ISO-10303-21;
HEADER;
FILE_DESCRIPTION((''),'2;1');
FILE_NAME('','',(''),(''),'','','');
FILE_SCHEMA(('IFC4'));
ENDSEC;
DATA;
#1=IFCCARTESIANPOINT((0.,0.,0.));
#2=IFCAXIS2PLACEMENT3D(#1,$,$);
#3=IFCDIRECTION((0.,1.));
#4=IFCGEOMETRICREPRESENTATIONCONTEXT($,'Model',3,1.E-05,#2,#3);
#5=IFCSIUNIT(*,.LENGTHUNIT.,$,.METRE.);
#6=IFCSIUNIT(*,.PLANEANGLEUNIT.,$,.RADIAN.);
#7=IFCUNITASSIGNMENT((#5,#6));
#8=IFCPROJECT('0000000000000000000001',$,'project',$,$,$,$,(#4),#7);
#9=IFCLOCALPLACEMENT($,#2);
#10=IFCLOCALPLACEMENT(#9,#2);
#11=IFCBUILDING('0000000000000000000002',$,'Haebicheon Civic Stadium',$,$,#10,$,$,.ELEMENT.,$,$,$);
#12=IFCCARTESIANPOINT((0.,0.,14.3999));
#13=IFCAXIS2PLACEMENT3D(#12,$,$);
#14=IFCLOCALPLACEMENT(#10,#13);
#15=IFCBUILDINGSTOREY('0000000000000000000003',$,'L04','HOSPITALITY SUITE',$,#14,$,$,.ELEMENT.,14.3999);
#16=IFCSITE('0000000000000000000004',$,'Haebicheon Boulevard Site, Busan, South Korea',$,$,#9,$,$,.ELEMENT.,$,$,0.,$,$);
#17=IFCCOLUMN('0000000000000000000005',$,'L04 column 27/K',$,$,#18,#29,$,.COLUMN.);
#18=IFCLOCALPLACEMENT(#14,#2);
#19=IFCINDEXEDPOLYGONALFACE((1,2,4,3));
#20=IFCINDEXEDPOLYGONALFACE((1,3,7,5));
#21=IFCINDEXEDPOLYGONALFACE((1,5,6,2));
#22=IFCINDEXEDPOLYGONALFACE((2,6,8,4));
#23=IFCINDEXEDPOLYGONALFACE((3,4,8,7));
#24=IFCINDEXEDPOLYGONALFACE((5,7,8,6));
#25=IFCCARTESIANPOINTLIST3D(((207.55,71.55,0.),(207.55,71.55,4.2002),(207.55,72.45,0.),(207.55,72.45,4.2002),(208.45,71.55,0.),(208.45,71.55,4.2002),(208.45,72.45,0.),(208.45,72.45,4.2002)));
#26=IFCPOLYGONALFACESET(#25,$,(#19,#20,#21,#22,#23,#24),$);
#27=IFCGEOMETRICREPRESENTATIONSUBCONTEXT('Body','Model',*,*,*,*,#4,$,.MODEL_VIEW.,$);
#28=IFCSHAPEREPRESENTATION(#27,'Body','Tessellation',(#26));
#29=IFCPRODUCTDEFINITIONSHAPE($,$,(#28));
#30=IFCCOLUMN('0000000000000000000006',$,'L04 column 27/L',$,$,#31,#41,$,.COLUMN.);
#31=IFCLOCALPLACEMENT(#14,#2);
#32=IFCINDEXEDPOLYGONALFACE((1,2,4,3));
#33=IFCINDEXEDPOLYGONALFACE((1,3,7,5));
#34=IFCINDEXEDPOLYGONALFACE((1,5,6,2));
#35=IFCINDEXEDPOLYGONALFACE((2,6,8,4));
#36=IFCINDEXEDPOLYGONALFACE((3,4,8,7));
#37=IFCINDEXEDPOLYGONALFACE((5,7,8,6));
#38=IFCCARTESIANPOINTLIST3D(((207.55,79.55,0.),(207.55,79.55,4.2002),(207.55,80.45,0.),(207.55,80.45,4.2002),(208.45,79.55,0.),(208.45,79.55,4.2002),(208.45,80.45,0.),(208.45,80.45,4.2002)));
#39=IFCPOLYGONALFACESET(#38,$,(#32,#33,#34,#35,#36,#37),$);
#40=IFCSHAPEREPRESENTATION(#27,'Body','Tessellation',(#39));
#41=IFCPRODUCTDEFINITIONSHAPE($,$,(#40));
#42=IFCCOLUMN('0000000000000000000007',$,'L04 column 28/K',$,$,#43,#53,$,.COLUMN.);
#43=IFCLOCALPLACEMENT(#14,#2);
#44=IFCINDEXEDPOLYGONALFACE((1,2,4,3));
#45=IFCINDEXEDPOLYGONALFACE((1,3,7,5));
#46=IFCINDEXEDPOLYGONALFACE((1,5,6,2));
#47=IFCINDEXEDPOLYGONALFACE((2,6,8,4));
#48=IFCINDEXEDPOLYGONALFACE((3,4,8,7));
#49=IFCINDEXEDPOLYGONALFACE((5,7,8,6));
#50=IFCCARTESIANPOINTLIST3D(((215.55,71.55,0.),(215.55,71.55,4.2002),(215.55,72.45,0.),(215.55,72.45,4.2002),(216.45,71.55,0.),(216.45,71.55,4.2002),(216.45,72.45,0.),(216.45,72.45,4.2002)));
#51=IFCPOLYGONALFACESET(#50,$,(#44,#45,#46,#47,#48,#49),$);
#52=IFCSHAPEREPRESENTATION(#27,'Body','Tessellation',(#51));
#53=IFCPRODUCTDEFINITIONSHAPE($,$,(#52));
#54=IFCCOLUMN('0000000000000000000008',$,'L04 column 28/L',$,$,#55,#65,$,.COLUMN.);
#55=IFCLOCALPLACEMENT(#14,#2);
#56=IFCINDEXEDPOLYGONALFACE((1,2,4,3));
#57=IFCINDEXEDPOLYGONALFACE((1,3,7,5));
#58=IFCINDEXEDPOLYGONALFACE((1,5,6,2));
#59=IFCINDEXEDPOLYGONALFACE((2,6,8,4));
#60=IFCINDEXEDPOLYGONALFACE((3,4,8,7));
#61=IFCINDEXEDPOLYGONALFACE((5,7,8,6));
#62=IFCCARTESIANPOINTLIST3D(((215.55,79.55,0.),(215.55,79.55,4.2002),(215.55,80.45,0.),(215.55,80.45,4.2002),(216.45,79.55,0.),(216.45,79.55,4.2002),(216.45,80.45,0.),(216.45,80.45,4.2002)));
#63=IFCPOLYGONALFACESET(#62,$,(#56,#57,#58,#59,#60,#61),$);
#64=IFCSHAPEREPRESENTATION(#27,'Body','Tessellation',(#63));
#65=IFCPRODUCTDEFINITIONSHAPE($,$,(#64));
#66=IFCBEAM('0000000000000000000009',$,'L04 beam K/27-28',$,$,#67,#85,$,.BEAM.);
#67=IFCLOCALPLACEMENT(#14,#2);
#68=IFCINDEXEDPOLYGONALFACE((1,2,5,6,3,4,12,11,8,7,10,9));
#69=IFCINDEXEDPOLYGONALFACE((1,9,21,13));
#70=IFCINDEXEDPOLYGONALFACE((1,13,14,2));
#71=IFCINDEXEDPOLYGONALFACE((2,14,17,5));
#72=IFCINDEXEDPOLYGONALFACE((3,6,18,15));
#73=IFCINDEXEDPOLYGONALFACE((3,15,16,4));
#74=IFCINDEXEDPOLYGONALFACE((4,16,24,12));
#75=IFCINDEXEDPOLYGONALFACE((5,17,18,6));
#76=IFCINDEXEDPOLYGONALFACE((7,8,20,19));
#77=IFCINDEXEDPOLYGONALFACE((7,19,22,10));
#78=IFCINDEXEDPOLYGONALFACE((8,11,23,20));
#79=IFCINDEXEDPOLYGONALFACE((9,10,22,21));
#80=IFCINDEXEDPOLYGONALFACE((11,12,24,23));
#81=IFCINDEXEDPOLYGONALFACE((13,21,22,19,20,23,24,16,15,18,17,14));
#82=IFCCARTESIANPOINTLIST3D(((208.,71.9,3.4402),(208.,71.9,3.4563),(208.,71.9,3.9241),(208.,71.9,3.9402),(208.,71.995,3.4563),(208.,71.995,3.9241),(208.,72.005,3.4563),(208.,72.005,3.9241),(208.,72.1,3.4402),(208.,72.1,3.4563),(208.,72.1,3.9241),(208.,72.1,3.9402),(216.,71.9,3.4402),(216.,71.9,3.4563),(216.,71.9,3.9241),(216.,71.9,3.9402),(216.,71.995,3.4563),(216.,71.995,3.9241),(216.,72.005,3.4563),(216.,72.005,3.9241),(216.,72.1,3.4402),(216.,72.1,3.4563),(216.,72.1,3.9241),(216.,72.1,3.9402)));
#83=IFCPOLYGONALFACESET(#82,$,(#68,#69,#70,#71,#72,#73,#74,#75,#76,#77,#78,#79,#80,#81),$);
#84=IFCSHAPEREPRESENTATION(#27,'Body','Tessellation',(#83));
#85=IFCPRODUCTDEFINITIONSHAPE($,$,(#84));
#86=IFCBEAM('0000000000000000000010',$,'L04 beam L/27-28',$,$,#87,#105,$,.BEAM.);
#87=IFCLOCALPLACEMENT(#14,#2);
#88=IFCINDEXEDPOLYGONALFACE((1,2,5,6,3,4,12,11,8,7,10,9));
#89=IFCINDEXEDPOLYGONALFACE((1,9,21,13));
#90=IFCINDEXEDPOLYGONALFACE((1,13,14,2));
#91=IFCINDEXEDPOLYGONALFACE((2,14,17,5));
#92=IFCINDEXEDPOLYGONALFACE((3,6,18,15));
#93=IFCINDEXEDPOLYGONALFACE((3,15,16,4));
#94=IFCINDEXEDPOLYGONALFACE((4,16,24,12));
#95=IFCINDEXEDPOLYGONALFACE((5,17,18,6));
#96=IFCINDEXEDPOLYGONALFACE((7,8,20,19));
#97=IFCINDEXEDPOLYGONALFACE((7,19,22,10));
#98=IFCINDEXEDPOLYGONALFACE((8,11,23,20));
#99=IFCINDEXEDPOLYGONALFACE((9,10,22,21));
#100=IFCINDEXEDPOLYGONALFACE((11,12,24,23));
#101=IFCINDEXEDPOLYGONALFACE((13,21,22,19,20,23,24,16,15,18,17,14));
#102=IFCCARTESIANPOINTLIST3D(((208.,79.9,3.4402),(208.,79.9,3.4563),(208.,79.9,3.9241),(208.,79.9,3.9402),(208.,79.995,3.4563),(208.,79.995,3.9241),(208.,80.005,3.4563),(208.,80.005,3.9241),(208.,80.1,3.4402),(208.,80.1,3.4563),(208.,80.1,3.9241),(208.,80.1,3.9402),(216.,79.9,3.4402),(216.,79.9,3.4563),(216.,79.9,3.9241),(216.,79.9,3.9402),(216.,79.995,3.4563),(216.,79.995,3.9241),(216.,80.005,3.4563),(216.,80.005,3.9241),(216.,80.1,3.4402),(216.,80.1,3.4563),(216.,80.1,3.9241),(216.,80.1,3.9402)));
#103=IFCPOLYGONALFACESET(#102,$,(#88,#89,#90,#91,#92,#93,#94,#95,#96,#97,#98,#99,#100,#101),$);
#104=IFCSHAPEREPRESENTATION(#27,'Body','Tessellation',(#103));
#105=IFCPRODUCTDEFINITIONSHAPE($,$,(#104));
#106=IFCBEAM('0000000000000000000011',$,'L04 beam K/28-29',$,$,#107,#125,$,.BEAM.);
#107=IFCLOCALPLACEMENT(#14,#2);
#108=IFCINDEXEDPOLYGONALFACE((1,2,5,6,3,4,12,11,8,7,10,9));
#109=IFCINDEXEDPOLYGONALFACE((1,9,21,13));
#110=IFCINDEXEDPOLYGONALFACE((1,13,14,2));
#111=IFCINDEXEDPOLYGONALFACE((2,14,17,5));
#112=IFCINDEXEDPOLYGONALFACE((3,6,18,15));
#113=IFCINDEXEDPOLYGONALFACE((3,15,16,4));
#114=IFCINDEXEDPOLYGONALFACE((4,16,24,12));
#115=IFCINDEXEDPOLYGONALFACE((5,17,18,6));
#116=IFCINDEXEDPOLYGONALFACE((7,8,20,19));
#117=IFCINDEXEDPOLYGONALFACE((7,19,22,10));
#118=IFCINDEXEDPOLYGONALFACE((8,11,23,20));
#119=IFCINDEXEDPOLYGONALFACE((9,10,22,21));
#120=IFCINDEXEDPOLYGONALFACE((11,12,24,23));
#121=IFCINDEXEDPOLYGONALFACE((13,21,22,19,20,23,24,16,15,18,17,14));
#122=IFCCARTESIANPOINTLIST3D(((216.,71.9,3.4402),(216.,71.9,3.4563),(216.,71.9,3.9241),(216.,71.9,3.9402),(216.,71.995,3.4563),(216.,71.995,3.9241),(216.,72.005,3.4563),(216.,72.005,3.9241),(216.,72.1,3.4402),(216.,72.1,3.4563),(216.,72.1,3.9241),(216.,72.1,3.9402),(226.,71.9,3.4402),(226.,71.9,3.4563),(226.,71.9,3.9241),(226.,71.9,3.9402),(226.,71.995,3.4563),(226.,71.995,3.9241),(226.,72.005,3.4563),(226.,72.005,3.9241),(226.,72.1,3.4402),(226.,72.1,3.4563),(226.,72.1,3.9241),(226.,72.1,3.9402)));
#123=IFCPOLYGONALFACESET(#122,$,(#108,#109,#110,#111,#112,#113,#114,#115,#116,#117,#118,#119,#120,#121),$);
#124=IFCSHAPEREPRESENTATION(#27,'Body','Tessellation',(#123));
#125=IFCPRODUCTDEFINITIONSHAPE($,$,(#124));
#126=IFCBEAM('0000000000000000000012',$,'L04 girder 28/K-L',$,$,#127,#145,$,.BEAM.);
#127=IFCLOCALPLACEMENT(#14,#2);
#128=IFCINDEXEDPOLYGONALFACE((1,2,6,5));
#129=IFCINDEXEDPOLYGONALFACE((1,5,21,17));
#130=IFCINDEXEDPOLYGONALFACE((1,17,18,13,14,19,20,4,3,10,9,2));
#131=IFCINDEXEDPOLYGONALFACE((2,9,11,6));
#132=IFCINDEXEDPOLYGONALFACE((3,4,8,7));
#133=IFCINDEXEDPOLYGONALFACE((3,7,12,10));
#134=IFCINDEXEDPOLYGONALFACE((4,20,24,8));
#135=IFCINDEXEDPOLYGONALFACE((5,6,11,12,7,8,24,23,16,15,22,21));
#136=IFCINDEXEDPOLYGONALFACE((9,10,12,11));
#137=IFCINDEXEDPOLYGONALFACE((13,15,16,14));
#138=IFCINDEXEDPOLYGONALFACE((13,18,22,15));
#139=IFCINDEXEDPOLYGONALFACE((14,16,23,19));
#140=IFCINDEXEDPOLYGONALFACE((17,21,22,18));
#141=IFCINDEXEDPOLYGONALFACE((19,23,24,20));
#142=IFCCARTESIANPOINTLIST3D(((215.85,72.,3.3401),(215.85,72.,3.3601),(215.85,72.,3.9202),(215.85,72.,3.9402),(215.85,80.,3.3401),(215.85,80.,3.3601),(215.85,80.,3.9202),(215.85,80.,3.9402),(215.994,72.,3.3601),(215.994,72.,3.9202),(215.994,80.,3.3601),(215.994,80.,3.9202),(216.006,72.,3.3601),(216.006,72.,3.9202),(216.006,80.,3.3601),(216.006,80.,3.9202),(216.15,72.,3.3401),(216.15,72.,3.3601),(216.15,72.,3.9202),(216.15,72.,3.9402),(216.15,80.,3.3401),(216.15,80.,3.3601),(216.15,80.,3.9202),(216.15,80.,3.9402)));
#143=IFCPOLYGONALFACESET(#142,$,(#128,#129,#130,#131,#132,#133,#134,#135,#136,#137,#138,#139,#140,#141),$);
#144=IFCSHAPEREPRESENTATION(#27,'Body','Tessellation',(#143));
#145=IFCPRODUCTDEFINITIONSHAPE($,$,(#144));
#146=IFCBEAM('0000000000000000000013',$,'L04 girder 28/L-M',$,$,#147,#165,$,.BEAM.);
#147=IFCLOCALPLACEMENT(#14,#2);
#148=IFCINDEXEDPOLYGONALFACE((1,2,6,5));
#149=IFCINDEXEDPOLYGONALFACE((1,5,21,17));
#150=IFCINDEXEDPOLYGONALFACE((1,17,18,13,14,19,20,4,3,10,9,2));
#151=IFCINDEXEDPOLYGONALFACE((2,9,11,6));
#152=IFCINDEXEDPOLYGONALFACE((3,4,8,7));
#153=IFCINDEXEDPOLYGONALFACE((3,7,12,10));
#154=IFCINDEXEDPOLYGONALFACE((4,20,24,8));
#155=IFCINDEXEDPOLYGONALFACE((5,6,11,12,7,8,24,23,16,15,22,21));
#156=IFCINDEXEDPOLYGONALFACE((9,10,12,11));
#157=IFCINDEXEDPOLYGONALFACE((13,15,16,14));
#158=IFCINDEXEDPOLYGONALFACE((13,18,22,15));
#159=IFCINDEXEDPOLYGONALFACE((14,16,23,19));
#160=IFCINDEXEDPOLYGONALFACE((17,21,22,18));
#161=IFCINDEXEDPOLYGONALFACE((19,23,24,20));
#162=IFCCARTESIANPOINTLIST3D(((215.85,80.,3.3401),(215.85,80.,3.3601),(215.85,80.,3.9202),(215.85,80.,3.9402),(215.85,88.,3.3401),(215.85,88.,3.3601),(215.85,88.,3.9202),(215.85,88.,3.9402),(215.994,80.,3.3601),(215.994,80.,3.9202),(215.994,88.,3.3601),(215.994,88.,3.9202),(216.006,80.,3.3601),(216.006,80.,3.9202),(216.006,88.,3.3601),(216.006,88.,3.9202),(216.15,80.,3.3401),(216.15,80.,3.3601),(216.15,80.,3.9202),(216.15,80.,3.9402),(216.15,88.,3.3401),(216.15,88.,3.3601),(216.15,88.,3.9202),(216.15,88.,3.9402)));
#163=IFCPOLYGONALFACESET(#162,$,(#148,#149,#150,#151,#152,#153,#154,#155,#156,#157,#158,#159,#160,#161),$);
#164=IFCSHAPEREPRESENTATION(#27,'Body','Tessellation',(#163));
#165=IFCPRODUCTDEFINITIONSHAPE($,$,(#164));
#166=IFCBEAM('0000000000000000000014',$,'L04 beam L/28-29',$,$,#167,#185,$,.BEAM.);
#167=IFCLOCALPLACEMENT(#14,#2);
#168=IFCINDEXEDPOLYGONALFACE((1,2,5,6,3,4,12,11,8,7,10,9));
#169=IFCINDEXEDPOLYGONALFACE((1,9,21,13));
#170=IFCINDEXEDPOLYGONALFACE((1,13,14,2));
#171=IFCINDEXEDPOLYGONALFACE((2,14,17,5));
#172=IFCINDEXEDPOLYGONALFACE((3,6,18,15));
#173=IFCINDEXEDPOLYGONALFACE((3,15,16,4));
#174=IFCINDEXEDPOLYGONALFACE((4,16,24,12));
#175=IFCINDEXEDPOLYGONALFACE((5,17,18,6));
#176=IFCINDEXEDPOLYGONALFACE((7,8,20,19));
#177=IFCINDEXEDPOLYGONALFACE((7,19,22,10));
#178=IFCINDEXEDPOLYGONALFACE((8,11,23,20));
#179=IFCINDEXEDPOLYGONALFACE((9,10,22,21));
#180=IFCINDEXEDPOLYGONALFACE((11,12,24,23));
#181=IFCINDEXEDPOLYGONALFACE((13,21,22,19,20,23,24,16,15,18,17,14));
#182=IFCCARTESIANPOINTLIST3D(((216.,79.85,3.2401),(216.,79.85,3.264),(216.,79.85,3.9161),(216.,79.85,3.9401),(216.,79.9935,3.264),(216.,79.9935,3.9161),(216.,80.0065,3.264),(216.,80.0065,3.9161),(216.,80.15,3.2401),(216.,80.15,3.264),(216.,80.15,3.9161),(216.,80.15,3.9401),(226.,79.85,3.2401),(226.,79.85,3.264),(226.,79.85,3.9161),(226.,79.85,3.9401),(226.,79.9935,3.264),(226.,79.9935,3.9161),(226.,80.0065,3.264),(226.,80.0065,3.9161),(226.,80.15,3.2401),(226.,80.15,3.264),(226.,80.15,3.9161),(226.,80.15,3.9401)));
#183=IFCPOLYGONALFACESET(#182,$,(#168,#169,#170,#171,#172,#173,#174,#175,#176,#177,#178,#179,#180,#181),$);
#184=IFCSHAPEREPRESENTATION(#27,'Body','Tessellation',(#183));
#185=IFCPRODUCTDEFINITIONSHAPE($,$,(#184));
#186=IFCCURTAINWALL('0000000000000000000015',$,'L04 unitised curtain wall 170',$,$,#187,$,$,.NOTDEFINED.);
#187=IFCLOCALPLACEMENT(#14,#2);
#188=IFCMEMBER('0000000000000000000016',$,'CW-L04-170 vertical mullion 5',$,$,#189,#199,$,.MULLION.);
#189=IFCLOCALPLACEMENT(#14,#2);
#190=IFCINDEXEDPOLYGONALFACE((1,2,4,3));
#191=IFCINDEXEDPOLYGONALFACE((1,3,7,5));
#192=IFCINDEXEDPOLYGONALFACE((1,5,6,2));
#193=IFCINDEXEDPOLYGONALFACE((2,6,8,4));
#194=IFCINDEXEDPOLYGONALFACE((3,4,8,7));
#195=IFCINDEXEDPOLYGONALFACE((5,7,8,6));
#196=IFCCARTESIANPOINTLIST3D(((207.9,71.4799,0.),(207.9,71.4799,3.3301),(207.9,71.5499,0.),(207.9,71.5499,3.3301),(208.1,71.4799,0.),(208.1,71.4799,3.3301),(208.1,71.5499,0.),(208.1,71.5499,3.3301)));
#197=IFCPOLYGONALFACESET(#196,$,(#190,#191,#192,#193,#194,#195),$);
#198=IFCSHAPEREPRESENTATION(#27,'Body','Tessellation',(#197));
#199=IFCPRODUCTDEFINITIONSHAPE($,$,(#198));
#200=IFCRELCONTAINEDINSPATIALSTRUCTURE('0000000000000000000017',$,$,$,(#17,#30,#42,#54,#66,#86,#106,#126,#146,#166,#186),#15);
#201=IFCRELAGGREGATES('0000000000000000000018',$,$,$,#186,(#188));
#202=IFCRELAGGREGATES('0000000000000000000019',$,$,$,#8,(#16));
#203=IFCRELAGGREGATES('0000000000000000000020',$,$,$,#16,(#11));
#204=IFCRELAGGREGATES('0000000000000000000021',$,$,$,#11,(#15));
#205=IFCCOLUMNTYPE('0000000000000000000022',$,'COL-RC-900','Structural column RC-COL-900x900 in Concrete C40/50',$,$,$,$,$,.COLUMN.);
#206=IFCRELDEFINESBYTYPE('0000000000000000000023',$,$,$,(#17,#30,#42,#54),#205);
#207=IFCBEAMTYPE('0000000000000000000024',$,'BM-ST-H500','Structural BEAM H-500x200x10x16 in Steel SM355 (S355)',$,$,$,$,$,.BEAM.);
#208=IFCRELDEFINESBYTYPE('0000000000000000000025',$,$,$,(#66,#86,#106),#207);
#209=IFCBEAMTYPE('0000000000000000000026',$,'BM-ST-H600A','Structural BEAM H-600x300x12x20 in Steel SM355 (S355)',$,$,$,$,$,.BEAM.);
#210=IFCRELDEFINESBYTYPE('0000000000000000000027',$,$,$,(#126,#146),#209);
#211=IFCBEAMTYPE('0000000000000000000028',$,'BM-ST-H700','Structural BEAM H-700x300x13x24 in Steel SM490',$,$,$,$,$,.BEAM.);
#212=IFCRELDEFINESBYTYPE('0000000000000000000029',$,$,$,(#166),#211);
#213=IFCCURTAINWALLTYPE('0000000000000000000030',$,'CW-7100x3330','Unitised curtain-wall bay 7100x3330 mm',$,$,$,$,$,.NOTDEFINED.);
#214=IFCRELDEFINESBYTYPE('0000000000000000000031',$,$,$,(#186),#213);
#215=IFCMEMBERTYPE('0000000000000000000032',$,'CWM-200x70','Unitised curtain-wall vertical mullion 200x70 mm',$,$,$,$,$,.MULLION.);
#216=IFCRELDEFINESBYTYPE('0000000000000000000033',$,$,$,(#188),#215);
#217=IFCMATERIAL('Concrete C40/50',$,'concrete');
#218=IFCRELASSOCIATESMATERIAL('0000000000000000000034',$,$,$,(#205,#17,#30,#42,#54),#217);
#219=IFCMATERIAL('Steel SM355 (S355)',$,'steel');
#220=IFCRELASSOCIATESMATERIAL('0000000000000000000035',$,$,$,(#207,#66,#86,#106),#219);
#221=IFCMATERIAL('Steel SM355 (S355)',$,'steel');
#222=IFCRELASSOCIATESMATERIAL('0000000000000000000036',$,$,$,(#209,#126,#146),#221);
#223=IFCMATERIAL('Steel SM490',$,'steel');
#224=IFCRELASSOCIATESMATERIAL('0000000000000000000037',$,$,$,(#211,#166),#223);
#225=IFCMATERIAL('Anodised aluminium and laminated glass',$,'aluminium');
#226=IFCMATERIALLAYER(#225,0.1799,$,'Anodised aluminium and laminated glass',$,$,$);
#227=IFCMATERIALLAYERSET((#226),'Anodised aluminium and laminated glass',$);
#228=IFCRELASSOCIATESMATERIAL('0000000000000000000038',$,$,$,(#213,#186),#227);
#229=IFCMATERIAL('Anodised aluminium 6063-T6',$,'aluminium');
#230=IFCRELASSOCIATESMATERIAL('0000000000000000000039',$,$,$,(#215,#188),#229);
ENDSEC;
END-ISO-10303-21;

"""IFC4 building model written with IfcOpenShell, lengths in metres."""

from ifc_helpers import new_model, si_unit, direction, frame, origin, origin_2d, place, context, subcontext, project, spatial, rectangle, i_section, extrude, material, layer, layer_set, material_profile, profile_set, type_object, element, aggregate, save


model = new_model("IFC4")

# Units and contexts
model_context = context("Model", 3, precision=1e-05, world=origin(), true_north=direction((0.0, 1.0)))
body_context = subcontext(model_context, "Body", "Model", "MODEL_VIEW")
ifc_project = project(units=[si_unit("LENGTHUNIT", "METRE"), si_unit("PLANEANGLEUNIT", "RADIAN")], contexts=[model_context])

# Site, building, storey
site_placement = place(None, origin())
site = spatial("IfcSite", under=ifc_project, at=site_placement, Name="Haebicheon Boulevard Site, Busan, South Korea", CompositionType="ELEMENT", RefElevation=0.0)
building_placement = place(site_placement, origin())
building = spatial("IfcBuilding", under=site, at=building_placement, Name="Haebicheon Civic Stadium", CompositionType="ELEMENT")
storey_placement = place(building_placement, frame((0.0, 0.0, 14.3999)))
storey = spatial("IfcBuildingStorey", under=building, at=storey_placement, Name="L04", Description="HOSPITALITY SUITE", CompositionType="ELEMENT", Elevation=14.3999)

# Columns
ifc_material_1 = material(Name="Concrete C40/50", Category="concrete")
ifc_material_profile_1 = material_profile(ifc_material_1, rectangle(XDim=0.8999, YDim=0.8999, at=origin_2d()), Name="RC-COL-900x900")
ifc_profile_set_1 = profile_set([ifc_material_profile_1], Name="Concrete C40/50")
column_type = type_object("IfcColumnType", Name="COL-RC-900", Description="Structural column RC-COL-900x900 in Concrete C40/50", PredefinedType="COLUMN", material=ifc_profile_set_1)
for number, where, z_axis, x_axis, name in (
    (1, (208.0, 72.0, 0.0), (0.0, 0.0, 1.0), (1.0, 0.0, 0.0), "L04 column 27/K"),
    (2, (208.0, 80.0, 0.0), (0.0, 0.0, 1.0), (1.0, 0.0, 0.0), "L04 column 27/L"),
    (3, (216.0, 72.0, 0.0), (0.0, 0.0, 1.0), (1.0, 0.0, 0.0), "L04 column 28/K"),
    (4, (216.0, 80.0, 0.0), (0.0, 0.0, 1.0), (1.0, 0.0, 0.0), "L04 column 28/L"),
):
    element("IfcColumn", number, at=place(storey_placement, frame(where, z_axis=z_axis, x_axis=x_axis)), inside=storey, type_object=column_type, material=ifc_profile_set_1, Name=name, PredefinedType="COLUMN", context=body_context, shape_type="SweptSolid", body=[
        extrude(rectangle(XDim=0.8999, YDim=0.8999, at=origin_2d()), origin(), (0.0, 0.0, 1.0), 4.2002),
    ])

# Beams
ifc_material_2 = material(Name="Steel SM355 (S355)", Category="steel")
ifc_material_profile_2 = material_profile(ifc_material_2, i_section(OverallWidth=0.2, OverallDepth=0.5, WebThickness=0.01, FlangeThickness=0.0161, at=origin_2d()), Name="H-500x200x10x16")
ifc_profile_set_2 = profile_set([ifc_material_profile_2], Name="Steel SM355 (S355)")
beam_type_1 = type_object("IfcBeamType", Name="BM-ST-H500", Description="Structural BEAM H-500x200x10x16 in Steel SM355 (S355)", PredefinedType="BEAM", material=ifc_profile_set_2)
for number, where, z_axis, x_axis, name in (
    (5, (208.0, 72.0, 3.6902), (1.0, 0.0, 0.0), (0.0, 1.0, 0.0), "L04 beam K/27-28"),
    (6, (208.0, 80.0, 3.6902), (1.0, 0.0, 0.0), (0.0, 1.0, 0.0), "L04 beam L/27-28"),
):
    element("IfcBeam", number, at=place(storey_placement, frame(where, z_axis=z_axis, x_axis=x_axis)), inside=storey, type_object=beam_type_1, material=ifc_profile_set_2, Name=name, PredefinedType="BEAM", context=body_context, shape_type="SweptSolid", body=[
        extrude(i_section(OverallWidth=0.2, OverallDepth=0.5, WebThickness=0.01, FlangeThickness=0.0161, at=origin_2d()), origin(), (0.0, 0.0, 1.0), 8.0),
    ])
beam_1_placement = place(storey_placement, frame((216.0, 72.0, 3.6902), z_axis=(1.0, 0.0, 0.0), x_axis=(0.0, 1.0, 0.0)))
element("IfcBeam", 7, at=beam_1_placement, inside=storey, type_object=beam_type_1, material=ifc_profile_set_2, Name="L04 beam K/28-29", PredefinedType="BEAM", context=body_context, shape_type="SweptSolid", body=[
    extrude(i_section(OverallWidth=0.2, OverallDepth=0.5, WebThickness=0.01, FlangeThickness=0.0161, at=origin_2d()), origin(), (0.0, 0.0, 1.0), 10.0),
])
ifc_material_3 = material(Name="Steel SM355 (S355)", Category="steel")
ifc_material_profile_3 = material_profile(ifc_material_3, i_section(OverallWidth=0.3, OverallDepth=0.6001, WebThickness=0.012, FlangeThickness=0.02, at=origin_2d()), Name="H-600x300x12x20")
ifc_profile_set_3 = profile_set([ifc_material_profile_3], Name="Steel SM355 (S355)")
beam_type_2 = type_object("IfcBeamType", Name="BM-ST-H600A", Description="Structural BEAM H-600x300x12x20 in Steel SM355 (S355)", PredefinedType="BEAM", material=ifc_profile_set_3)
for number, where, z_axis, x_axis, name in (
    (8, (216.0, 72.0, 3.6401), (0.0, 1.0, 0.0), (-1.0, 0.0, 0.0), "L04 girder 28/K-L"),
    (9, (216.0, 80.0, 3.6401), (0.0, 1.0, 0.0), (-1.0, 0.0, 0.0), "L04 girder 28/L-M"),
):
    element("IfcBeam", number, at=place(storey_placement, frame(where, z_axis=z_axis, x_axis=x_axis)), inside=storey, type_object=beam_type_2, material=ifc_profile_set_3, Name=name, PredefinedType="BEAM", context=body_context, shape_type="SweptSolid", body=[
        extrude(i_section(OverallWidth=0.3, OverallDepth=0.6001, WebThickness=0.012, FlangeThickness=0.02, at=origin_2d()), origin(), (0.0, 0.0, 1.0), 8.0),
    ])
ifc_material_4 = material(Name="Steel SM490", Category="steel")
ifc_material_profile_4 = material_profile(ifc_material_4, i_section(OverallWidth=0.3, OverallDepth=0.7, WebThickness=0.0129, FlangeThickness=0.0239, at=origin_2d()), Name="H-700x300x13x24")
ifc_profile_set_4 = profile_set([ifc_material_profile_4], Name="Steel SM490")
beam_type_3 = type_object("IfcBeamType", Name="BM-ST-H700", Description="Structural BEAM H-700x300x13x24 in Steel SM490", PredefinedType="BEAM", material=ifc_profile_set_4)
beam_2_placement = place(storey_placement, frame((216.0, 80.0, 3.5901), z_axis=(1.0, 0.0, 0.0), x_axis=(0.0, 1.0, 0.0)))
element("IfcBeam", 10, at=beam_2_placement, inside=storey, type_object=beam_type_3, material=ifc_profile_set_4, Name="L04 beam L/28-29", PredefinedType="BEAM", context=body_context, shape_type="SweptSolid", body=[
    extrude(i_section(OverallWidth=0.3, OverallDepth=0.7, WebThickness=0.0129, FlangeThickness=0.0239, at=origin_2d()), origin(), (0.0, 0.0, 1.0), 10.0),
])

# Curtain wall, member
ifc_material_5 = material(Name="Anodised aluminium and laminated glass", Category="aluminium")
ifc_layer_1 = layer(ifc_material_5, 0.1799, Name="Anodised aluminium and laminated glass")
ifc_layer_set_1 = layer_set([ifc_layer_1], Name="Anodised aluminium and laminated glass")
curtain_wall_type = type_object("IfcCurtainWallType", Name="CW-7100x3330", Description="Unitised curtain-wall bay 7100x3330 mm", PredefinedType="NOTDEFINED", material=ifc_layer_set_1)
curtain_wall_placement = place(storey_placement, origin())
curtain_wall = element("IfcCurtainWall", 11, at=curtain_wall_placement, inside=storey, type_object=curtain_wall_type, material=ifc_layer_set_1, Name="L04 unitised curtain wall 170", PredefinedType="NOTDEFINED")
ifc_material_6 = material(Name="Anodised aluminium 6063-T6", Category="aluminium")
ifc_material_profile_5 = material_profile(ifc_material_6, rectangle(XDim=0.0701, YDim=0.2, at=origin_2d()), Name="ALU-MULL-70x200")
ifc_profile_set_5 = profile_set([ifc_material_profile_5], Name="Anodised aluminium 6063-T6")
member_type = type_object("IfcMemberType", Name="CWM-200x70", Description="Unitised curtain-wall vertical mullion 200x70 mm", PredefinedType="MULLION", material=ifc_profile_set_5)
member_placement = place(storey_placement, frame((208.0, 71.5149, 0.0), z_axis=(0.0, 0.0, 1.0), x_axis=(0.0, 1.0, 0.0)))
member = element("IfcMember", 12, at=member_placement, type_object=member_type, material=ifc_profile_set_5, Name="CW-L04-170 vertical mullion 5", PredefinedType="MULLION", context=body_context, shape_type="SweptSolid", body=[
    extrude(rectangle(XDim=0.0701, YDim=0.2, at=origin_2d()), origin(), (0.0, 0.0, 1.0), 3.3301),
])

aggregate(curtain_wall, [member])

save(model, "model.ifc")
